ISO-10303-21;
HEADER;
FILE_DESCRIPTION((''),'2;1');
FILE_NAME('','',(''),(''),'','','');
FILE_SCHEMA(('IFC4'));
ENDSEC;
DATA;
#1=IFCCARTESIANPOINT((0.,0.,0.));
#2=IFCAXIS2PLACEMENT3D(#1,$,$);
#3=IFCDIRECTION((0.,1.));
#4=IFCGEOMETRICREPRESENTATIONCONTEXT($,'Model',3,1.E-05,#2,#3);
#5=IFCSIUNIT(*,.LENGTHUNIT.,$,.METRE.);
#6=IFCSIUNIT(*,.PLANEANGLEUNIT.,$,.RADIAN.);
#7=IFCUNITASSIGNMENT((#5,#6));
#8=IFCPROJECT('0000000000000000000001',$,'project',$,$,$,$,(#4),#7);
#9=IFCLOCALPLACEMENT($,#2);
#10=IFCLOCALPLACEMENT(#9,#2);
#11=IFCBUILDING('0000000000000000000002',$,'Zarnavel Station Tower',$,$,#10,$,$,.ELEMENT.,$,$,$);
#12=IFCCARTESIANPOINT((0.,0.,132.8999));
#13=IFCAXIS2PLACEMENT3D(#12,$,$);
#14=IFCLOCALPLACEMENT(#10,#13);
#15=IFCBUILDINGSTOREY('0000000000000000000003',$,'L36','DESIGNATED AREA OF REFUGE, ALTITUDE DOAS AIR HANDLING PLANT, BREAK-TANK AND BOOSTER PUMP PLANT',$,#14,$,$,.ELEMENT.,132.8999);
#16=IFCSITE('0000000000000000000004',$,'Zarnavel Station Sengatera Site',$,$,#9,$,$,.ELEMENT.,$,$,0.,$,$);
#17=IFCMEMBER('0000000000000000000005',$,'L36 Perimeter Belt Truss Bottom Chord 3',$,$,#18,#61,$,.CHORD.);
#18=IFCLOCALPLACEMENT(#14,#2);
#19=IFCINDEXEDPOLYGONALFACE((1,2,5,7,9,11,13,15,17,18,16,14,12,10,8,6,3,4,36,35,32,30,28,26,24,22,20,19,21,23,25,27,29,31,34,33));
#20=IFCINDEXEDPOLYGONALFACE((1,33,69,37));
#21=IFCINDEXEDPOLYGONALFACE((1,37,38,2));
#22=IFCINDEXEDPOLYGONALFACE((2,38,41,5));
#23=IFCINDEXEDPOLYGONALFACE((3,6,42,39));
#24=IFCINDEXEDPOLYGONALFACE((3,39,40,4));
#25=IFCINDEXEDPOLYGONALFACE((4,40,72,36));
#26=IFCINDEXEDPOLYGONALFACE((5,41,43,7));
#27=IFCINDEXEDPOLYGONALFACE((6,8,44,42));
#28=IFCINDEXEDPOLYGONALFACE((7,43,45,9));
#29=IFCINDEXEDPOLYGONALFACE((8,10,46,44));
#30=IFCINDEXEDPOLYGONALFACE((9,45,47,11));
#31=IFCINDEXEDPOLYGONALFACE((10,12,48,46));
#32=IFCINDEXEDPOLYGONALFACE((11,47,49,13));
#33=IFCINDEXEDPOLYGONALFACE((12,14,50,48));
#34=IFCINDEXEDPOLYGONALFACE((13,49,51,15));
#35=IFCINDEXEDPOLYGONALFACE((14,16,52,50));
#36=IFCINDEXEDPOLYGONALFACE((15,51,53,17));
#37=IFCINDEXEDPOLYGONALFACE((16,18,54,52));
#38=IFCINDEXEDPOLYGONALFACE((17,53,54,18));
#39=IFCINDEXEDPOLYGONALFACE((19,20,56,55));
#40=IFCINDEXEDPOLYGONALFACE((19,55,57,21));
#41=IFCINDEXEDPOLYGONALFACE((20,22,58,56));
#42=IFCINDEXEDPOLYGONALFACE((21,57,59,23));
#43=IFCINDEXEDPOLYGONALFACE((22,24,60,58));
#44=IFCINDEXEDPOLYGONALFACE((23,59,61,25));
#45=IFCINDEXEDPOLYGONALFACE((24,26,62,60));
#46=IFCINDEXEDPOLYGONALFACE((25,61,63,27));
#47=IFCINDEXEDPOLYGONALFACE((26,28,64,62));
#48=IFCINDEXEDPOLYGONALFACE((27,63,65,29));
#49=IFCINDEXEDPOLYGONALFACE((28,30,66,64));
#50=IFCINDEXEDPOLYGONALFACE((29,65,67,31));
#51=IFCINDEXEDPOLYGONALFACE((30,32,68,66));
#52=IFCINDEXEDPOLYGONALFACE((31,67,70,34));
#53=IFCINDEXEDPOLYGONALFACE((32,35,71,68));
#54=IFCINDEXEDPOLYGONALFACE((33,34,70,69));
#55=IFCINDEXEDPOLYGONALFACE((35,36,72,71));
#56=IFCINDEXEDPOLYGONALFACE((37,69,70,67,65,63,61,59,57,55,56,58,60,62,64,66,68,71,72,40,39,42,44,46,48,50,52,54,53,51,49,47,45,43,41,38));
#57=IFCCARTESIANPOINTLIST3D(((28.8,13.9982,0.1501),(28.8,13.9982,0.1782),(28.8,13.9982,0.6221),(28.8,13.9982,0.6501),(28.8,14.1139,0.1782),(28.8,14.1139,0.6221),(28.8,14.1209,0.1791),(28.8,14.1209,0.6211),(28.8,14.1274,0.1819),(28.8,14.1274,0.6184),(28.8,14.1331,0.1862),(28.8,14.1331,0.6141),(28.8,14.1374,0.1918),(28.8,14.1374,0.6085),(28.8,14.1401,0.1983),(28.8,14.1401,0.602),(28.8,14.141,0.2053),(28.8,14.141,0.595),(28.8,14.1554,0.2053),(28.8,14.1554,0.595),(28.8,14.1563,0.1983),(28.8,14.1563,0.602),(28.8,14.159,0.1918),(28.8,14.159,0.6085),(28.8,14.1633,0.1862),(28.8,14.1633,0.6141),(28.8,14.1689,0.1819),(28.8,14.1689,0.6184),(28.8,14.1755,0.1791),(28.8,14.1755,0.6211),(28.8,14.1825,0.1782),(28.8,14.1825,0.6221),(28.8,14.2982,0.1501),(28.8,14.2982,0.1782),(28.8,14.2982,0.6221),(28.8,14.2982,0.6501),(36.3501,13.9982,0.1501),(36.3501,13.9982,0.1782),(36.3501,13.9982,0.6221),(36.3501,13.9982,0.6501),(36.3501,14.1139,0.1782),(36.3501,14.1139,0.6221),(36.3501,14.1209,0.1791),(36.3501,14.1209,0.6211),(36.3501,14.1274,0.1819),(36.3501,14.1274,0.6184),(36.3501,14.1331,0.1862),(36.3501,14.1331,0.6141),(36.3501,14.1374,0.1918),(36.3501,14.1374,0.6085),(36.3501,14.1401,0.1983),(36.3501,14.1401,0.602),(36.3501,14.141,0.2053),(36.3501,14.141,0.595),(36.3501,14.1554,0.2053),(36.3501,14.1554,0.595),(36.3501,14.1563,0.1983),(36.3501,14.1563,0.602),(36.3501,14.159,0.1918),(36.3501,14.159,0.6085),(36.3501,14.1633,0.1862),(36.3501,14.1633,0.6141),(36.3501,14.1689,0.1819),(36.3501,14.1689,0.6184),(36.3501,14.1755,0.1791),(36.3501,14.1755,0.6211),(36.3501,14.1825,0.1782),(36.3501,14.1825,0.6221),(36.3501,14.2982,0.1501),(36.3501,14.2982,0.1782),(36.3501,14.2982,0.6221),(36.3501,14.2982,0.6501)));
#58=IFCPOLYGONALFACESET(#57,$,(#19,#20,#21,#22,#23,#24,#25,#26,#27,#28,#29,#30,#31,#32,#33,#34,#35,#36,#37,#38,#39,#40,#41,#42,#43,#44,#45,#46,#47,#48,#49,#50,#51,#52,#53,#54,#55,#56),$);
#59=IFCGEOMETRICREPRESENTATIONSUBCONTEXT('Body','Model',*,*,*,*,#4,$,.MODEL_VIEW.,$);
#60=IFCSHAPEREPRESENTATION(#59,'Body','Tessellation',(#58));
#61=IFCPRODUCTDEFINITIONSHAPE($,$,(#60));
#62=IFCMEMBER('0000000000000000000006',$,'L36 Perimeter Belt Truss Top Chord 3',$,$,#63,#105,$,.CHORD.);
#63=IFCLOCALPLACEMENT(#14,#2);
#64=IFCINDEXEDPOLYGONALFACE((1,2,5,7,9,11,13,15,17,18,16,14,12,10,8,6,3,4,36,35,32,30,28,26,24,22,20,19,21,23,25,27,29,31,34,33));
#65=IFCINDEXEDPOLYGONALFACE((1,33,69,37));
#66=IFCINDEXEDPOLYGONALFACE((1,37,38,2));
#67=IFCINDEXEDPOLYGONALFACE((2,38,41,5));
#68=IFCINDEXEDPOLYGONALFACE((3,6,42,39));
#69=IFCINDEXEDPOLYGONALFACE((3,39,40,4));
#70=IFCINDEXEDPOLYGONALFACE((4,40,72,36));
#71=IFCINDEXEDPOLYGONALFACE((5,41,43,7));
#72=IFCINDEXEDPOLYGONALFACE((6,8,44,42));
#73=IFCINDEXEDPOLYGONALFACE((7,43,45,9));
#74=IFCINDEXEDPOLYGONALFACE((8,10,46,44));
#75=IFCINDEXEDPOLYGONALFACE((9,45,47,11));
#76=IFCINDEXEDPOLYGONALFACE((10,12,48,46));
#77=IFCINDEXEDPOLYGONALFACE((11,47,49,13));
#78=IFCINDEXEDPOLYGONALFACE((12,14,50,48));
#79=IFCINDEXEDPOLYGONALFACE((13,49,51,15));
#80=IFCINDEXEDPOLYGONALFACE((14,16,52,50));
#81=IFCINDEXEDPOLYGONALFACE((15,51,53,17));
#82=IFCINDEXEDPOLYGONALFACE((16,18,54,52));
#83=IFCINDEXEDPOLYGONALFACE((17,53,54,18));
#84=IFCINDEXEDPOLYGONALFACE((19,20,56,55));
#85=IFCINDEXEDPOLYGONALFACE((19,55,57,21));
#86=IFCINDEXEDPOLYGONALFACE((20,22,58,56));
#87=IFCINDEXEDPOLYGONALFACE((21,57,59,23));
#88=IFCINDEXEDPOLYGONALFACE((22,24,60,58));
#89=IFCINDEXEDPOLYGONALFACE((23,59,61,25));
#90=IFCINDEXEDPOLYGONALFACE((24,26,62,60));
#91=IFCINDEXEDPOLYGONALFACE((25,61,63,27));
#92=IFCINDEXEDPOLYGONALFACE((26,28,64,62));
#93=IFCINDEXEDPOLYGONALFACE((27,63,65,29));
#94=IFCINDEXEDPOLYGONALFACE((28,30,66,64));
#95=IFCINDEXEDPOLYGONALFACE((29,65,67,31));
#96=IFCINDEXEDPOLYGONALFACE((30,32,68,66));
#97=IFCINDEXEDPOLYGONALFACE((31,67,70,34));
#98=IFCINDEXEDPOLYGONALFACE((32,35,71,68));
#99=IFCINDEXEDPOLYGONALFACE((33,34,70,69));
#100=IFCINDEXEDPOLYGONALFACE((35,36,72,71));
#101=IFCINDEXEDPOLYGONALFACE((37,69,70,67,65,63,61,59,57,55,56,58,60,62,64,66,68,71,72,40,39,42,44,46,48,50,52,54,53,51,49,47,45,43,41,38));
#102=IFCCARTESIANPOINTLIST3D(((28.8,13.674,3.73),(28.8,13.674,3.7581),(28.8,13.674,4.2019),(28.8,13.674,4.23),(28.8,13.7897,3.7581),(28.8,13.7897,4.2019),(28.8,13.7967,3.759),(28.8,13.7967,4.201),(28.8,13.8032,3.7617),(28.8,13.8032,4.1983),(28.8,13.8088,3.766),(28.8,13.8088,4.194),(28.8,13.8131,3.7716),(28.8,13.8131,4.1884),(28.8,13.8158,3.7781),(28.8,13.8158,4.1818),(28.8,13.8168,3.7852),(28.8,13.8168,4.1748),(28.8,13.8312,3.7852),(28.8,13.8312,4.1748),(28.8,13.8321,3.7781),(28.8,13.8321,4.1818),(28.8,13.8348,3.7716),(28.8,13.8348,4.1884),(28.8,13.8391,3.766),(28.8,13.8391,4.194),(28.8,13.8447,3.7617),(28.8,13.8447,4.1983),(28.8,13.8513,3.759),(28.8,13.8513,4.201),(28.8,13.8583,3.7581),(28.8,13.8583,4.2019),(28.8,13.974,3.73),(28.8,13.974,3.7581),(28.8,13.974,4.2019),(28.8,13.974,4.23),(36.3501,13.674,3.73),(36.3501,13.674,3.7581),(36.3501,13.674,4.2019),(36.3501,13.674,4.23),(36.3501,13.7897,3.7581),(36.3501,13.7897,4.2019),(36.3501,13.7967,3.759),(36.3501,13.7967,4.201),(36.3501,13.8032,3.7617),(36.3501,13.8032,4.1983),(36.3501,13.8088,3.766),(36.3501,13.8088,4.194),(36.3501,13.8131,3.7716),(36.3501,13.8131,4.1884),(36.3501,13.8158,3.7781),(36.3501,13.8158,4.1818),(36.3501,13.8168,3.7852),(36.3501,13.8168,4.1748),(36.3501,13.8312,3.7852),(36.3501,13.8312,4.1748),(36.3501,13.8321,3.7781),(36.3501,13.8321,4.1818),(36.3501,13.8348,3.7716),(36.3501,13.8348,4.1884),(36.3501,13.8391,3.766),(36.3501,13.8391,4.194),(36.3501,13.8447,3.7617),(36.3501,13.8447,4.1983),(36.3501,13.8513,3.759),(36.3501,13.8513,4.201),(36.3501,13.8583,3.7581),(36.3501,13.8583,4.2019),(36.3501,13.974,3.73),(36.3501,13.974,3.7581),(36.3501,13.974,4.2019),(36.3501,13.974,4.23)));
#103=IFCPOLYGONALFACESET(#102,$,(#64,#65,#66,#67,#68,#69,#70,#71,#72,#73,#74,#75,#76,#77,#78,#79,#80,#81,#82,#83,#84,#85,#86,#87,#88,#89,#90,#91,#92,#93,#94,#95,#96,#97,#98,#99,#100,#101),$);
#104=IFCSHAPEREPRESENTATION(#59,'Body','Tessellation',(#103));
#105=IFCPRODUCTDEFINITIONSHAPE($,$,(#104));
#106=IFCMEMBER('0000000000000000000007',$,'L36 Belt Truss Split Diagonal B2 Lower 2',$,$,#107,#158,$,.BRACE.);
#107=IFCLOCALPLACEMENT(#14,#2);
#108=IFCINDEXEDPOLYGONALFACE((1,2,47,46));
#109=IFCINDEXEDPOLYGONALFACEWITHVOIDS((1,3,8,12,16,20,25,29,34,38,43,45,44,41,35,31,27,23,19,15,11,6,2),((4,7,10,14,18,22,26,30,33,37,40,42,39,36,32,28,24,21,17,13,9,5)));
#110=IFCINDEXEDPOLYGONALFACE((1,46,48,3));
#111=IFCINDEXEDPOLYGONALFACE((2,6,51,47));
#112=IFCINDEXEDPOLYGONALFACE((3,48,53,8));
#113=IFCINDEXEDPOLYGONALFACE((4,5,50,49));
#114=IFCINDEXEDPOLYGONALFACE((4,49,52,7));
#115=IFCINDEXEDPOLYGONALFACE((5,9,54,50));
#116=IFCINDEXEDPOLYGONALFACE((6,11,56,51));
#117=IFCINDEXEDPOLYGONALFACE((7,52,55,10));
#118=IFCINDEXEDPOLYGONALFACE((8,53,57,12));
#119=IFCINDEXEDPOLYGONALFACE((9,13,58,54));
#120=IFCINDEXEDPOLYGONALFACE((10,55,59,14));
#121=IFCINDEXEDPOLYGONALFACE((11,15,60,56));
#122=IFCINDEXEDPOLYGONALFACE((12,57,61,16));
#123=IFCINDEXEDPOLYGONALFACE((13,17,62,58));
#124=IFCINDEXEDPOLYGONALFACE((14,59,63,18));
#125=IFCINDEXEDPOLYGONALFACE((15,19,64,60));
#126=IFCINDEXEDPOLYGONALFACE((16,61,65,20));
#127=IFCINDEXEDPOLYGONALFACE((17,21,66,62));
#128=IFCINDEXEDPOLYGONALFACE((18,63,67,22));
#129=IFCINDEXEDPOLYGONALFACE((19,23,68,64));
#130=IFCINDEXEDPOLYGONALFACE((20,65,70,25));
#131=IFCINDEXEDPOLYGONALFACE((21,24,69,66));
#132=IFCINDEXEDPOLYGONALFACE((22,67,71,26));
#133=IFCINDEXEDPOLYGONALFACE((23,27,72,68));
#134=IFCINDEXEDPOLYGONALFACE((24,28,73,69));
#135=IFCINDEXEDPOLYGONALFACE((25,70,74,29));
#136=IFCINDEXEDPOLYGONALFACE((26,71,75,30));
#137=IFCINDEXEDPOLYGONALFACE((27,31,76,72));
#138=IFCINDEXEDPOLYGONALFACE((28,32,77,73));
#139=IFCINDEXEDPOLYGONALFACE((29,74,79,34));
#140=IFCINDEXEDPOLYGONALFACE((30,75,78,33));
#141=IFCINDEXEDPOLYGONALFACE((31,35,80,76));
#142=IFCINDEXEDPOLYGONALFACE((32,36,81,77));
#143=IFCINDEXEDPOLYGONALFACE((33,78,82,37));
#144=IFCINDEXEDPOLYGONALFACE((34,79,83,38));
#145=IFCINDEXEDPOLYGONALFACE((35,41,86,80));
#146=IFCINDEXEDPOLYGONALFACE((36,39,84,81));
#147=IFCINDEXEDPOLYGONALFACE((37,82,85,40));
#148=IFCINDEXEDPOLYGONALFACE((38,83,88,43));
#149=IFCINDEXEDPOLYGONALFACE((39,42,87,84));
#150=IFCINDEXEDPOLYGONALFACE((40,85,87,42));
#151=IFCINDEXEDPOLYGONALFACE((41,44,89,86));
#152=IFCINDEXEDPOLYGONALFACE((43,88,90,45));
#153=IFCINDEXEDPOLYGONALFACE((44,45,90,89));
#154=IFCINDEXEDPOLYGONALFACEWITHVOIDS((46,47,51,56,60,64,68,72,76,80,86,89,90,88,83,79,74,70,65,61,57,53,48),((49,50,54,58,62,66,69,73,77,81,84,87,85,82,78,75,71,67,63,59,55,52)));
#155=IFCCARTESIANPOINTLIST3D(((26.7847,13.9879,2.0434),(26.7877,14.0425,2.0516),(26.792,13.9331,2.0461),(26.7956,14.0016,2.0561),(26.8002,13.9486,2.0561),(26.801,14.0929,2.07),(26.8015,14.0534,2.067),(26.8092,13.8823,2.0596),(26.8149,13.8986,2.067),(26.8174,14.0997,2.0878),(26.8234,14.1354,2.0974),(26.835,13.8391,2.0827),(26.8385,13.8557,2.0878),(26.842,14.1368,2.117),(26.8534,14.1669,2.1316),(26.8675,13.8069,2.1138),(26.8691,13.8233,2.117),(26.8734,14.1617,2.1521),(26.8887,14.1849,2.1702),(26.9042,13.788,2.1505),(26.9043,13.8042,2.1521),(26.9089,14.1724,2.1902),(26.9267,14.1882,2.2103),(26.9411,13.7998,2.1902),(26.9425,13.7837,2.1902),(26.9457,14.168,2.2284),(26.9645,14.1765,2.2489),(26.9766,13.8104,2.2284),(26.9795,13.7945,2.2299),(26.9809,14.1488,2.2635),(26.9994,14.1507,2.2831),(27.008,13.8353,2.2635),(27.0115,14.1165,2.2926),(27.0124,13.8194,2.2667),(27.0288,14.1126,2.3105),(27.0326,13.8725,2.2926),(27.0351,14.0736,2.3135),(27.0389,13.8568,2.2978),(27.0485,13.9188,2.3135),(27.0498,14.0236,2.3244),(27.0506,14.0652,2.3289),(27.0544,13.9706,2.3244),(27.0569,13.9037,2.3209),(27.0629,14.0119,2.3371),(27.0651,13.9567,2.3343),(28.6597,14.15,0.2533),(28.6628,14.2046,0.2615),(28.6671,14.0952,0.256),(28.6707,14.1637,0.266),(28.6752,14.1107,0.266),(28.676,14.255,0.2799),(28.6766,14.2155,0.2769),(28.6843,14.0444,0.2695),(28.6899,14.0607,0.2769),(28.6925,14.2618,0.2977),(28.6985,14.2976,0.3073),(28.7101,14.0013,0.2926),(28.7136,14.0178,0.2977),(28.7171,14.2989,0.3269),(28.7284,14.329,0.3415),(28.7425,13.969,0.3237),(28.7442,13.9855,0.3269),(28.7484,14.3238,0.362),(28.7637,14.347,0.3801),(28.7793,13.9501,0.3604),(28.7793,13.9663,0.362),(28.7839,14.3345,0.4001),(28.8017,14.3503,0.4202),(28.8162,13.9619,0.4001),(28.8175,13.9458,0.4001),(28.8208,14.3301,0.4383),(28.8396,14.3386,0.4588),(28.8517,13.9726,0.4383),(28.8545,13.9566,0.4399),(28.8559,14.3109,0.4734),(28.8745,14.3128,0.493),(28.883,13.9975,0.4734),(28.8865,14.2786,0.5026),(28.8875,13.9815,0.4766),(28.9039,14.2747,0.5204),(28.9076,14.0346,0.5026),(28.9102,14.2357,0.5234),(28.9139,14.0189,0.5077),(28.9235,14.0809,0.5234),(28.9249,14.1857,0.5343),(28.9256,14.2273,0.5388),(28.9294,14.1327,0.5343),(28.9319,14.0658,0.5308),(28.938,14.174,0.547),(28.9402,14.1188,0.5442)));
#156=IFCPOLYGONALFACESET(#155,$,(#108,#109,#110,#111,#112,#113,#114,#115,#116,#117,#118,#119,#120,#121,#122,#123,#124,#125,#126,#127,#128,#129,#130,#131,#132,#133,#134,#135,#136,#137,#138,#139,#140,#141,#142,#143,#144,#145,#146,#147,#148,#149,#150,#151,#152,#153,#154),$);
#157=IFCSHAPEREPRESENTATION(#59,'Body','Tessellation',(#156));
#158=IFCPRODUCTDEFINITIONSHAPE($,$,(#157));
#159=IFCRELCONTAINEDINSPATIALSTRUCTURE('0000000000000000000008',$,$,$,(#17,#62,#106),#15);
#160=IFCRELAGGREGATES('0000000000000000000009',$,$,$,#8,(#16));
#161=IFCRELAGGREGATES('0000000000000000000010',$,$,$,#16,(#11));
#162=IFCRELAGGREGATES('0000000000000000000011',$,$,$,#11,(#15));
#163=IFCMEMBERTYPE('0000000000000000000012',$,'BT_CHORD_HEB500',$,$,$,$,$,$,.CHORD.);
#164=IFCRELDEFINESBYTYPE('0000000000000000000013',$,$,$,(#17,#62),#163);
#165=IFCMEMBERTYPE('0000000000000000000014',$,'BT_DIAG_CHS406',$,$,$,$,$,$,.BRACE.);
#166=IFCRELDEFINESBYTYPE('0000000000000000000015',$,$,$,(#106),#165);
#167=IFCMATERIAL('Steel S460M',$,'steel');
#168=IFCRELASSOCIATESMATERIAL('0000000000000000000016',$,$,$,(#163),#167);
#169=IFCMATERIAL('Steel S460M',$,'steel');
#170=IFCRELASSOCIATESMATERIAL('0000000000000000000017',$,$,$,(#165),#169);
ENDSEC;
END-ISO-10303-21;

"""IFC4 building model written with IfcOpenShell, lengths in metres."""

from ifc_helpers import new_model, si_unit, direction, frame, origin, origin_2d, place, context, subcontext, project, spatial, hollow_circle, i_section, extrude, material, material_profile, profile_set, type_object, element, save


model = new_model("IFC4")

# Units and contexts
model_context = context("Model", 3, precision=1e-05, world=origin(), true_north=direction((0.0, 1.0)))
body_context = subcontext(model_context, "Body", "Model", "MODEL_VIEW")
ifc_project = project(units=[si_unit("LENGTHUNIT", "METRE"), si_unit("PLANEANGLEUNIT", "RADIAN")], contexts=[model_context])

# Site, building, storey
site_placement = place(None, origin())
site = spatial("IfcSite", under=ifc_project, at=site_placement, Name="Zarnavel Station Sengatera Site", CompositionType="ELEMENT", RefElevation=0.0)
building_placement = place(site_placement, origin())
building = spatial("IfcBuilding", under=site, at=building_placement, Name="Zarnavel Station Tower", CompositionType="ELEMENT")
storey_placement = place(building_placement, frame((0.0, 0.0, 132.8999)))
storey = spatial("IfcBuildingStorey", under=building, at=storey_placement, Name="L36", Description="DESIGNATED AREA OF REFUGE, ALTITUDE DOAS AIR HANDLING PLANT, BREAK-TANK AND BOOSTER PUMP PLANT", CompositionType="ELEMENT", Elevation=132.8999)

# Members
ifc_material_1 = material(Name="Steel S460M", Category="steel")
ifc_material_profile_1 = material_profile(ifc_material_1, i_section(OverallWidth=0.3, OverallDepth=0.5, WebThickness=0.0144, FlangeThickness=0.0281, FilletRadius=0.0271, at=origin_2d()), Name="HEB500")
ifc_profile_set_1 = profile_set([ifc_material_profile_1], Name="Steel S460M")
member_type_1 = type_object("IfcMemberType", Name="BT_CHORD_HEB500", PredefinedType="CHORD", material=ifc_profile_set_1)
for number, where, z_axis, x_axis, name in (
    (1, (28.8, 14.1482, 0.4001), (1.0, 0.0, 0.0), (0.0, 1.0, 0.0), "L36 Perimeter Belt Truss Bottom Chord 3"),
    (2, (28.8, 13.824, 3.98), (1.0, 0.0, 0.0), (0.0, 1.0, 0.0), "L36 Perimeter Belt Truss Top Chord 3"),
):
    element("IfcMember", number, at=place(storey_placement, frame(where, z_axis=z_axis, x_axis=x_axis)), inside=storey, type_object=member_type_1, Name=name, PredefinedType="CHORD", context=body_context, shape_type="SweptSolid", body=[
        extrude(i_section(OverallWidth=0.3, OverallDepth=0.5, WebThickness=0.0144, FlangeThickness=0.0281, FilletRadius=0.0271, at=origin_2d()), origin(), (0.0, 0.0, 1.0), 7.55),
    ])
ifc_material_2 = material(Name="Steel S460M", Category="steel")
ifc_material_profile_2 = material_profile(ifc_material_2, hollow_circle(Radius=0.2031, WallThickness=0.0161, at=origin_2d()), Name="CHS406.4x16")
ifc_profile_set_2 = profile_set([ifc_material_profile_2], Name="Steel S460M")
member_type_2 = type_object("IfcMemberType", Name="BT_DIAG_CHS406", PredefinedType="BRACE", material=ifc_profile_set_2)
member_1_placement = place(storey_placement, frame((28.8, 14.1482, 0.4001), z_axis=(-0.721894, -0.062414, 0.689183), x_axis=(0.086137, -0.996283, 0.0)))
element("IfcMember", 3, at=member_1_placement, inside=storey, type_object=member_type_2, Name="L36 Belt Truss Split Diagonal B2 Lower 2", PredefinedType="BRACE", context=body_context, shape_type="SweptSolid", body=[
    extrude(hollow_circle(Radius=0.2031, WallThickness=0.0161, at=origin_2d()), origin(), (0.0, 0.0, 1.0), 2.5974),
])

save(model, "model.ifc")
